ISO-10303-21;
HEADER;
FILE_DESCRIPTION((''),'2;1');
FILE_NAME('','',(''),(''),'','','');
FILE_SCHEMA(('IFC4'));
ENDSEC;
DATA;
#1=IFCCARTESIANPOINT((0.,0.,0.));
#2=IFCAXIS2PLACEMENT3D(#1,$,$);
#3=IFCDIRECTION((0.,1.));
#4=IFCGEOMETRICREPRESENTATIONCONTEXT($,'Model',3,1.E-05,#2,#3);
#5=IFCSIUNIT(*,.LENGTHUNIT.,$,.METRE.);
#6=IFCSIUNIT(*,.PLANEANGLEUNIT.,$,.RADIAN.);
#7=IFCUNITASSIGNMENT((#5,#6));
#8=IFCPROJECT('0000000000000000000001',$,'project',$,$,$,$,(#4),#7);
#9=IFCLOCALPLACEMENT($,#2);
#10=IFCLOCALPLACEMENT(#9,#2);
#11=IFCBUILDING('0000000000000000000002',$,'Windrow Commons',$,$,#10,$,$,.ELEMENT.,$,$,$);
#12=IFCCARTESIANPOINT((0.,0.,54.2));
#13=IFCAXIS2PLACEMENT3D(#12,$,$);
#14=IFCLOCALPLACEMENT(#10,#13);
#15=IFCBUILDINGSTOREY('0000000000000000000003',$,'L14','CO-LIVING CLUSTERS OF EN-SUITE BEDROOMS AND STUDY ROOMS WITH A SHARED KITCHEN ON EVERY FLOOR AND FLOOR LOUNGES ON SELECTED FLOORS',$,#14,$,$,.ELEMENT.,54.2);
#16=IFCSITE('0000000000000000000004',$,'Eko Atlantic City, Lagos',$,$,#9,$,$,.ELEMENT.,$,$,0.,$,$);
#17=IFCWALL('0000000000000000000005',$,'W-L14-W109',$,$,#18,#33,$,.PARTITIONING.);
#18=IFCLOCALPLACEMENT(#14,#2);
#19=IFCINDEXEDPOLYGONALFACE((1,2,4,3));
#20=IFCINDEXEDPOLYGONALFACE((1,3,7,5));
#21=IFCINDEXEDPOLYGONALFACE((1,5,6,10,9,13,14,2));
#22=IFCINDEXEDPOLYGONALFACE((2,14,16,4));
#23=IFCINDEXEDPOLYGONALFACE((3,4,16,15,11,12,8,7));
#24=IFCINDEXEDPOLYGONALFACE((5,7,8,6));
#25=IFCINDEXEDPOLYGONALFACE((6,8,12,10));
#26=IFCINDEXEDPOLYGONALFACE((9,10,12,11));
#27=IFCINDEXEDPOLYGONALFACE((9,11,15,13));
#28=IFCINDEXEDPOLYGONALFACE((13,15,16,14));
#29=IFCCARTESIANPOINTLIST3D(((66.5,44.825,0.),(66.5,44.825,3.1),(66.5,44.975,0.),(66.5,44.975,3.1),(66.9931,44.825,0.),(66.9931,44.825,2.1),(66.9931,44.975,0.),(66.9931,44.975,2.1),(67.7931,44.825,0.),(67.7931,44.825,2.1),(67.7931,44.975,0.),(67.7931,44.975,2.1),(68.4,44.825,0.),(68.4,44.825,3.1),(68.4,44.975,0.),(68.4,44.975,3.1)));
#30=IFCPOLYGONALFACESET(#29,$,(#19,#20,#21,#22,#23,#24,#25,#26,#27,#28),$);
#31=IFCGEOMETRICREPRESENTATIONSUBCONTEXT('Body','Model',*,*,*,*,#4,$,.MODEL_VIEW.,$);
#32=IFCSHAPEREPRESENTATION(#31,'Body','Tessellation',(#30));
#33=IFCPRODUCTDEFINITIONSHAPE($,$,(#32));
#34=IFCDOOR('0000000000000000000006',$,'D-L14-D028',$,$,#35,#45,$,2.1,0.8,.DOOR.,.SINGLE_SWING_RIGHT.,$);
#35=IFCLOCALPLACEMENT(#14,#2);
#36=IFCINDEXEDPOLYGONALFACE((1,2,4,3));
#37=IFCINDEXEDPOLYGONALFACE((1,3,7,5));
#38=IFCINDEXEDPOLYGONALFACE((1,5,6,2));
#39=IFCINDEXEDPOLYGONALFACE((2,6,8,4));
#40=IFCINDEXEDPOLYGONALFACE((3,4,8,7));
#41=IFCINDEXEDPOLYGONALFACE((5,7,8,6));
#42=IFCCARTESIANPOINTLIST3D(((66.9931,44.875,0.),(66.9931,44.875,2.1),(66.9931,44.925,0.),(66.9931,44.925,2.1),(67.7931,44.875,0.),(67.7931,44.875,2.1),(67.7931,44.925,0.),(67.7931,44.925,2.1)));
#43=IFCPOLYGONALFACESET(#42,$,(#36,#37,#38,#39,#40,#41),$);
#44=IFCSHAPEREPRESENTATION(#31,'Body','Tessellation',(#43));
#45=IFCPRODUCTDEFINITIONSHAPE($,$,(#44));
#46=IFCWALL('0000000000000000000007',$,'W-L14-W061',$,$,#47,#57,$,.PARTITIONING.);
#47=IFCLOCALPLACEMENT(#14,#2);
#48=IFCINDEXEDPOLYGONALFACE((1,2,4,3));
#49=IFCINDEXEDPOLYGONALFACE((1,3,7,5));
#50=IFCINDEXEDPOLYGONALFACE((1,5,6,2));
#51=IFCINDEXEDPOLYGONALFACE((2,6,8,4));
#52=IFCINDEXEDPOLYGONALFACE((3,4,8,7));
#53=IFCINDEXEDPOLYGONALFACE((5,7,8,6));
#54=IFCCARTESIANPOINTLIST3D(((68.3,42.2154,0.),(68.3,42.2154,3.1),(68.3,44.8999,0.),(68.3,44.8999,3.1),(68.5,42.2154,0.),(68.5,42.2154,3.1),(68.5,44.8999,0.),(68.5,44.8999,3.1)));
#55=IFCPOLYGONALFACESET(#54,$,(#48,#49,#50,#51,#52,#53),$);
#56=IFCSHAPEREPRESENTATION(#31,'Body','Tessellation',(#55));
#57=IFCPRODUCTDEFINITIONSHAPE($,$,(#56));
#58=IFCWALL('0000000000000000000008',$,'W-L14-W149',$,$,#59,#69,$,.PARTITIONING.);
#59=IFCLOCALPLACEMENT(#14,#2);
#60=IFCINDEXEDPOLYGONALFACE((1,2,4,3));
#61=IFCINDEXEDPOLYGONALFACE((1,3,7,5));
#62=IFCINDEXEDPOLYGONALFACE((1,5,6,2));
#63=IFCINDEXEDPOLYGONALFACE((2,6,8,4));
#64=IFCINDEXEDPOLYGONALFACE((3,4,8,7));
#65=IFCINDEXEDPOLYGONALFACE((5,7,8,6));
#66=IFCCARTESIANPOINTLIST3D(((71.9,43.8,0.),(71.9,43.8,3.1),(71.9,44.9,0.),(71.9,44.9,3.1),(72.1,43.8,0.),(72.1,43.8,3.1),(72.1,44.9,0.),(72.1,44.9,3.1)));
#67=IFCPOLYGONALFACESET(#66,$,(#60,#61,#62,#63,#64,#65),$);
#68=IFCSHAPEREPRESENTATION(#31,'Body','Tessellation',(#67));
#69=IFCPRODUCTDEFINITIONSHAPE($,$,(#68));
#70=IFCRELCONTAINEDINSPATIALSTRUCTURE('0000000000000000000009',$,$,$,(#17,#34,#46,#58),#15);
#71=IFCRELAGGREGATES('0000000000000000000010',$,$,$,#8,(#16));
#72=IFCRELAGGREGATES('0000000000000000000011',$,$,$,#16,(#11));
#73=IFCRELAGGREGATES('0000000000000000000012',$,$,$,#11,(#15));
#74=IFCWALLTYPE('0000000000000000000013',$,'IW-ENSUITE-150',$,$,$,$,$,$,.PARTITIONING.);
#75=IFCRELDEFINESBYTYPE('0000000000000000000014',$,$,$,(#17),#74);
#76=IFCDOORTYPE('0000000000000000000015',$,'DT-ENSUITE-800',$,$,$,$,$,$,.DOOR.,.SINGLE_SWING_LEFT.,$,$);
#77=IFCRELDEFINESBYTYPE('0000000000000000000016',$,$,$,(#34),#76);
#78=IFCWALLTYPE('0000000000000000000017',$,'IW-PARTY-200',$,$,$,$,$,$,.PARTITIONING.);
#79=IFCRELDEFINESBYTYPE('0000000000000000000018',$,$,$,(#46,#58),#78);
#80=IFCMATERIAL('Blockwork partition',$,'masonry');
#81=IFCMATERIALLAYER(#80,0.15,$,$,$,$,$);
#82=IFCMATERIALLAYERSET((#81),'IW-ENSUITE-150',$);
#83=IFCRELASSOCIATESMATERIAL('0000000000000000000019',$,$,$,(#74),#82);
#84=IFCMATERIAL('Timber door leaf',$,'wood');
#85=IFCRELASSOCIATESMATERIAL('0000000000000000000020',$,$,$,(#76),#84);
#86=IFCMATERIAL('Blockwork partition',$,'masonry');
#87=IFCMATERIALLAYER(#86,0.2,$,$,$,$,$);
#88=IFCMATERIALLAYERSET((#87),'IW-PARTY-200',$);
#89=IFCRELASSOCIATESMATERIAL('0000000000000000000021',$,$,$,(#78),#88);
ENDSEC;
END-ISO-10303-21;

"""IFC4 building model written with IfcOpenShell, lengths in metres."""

from ifc_helpers import new_model, si_unit, direction, frame, frame_2d, origin, place, context, subcontext, project, spatial, rectangle, extrude, material, layer, layer_set, type_object, element, fill, save


model = new_model("IFC4")

# Units and contexts
model_context = context("Model", 3, precision=1e-05, world=origin(), true_north=direction((0.0, 1.0)))
body_context = subcontext(model_context, "Body", "Model", "MODEL_VIEW")
ifc_project = project(units=[si_unit("LENGTHUNIT", "METRE"), si_unit("PLANEANGLEUNIT", "RADIAN")], contexts=[model_context])

# Site, building, storey
site_placement = place(None, origin())
site = spatial("IfcSite", under=ifc_project, at=site_placement, Name="Eko Atlantic City, Lagos", CompositionType="ELEMENT", RefElevation=0.0)
building_placement = place(site_placement, origin())
building = spatial("IfcBuilding", under=site, at=building_placement, Name="Windrow Commons", CompositionType="ELEMENT")
storey_placement = place(building_placement, frame((0.0, 0.0, 54.2)))
storey = spatial("IfcBuildingStorey", under=building, at=storey_placement, Name="L14", Description="CO-LIVING CLUSTERS OF EN-SUITE BEDROOMS AND STUDY ROOMS WITH A SHARED KITCHEN ON EVERY FLOOR AND FLOOR LOUNGES ON SELECTED FLOORS", CompositionType="ELEMENT", Elevation=54.2)

# Shared definitions
ifc_material_1 = material(Name="Blockwork partition", Category="masonry")
ifc_layer_1 = layer(ifc_material_1, 0.15)
ifc_layer_set_1 = layer_set([ifc_layer_1], Name="IW-ENSUITE-150")
wall_type_1 = type_object("IfcWallType", Name="IW-ENSUITE-150", PredefinedType="PARTITIONING", material=ifc_layer_set_1)

# Wall, opening, door
wall_1_placement = place(storey_placement, frame((66.5, 44.9, 0.0), z_axis=(0.0, 0.0, 1.0), x_axis=(1.0, 0.0, 0.0)))
wall_1 = element("IfcWall", 1, at=wall_1_placement, inside=storey, type_object=wall_type_1, Name="W-L14-W109", PredefinedType="PARTITIONING", context=body_context, shape_type="SweptSolid", body=[
    extrude(rectangle(XDim=1.9, YDim=0.15, at=frame_2d((0.95, 0.0))), origin(), (0.0, 0.0, 1.0), 3.1),
])
opening_1_placement = place(wall_1_placement, frame((0.4931, 0.0, 0.0)))
opening_1 = element("IfcOpeningElement", 2, at=opening_1_placement, cuts=wall_1, PredefinedType="OPENING", context=body_context, shape_type="SweptSolid", body=[
    extrude(rectangle(XDim=0.8, YDim=2.1, at=frame_2d((0.4, 1.05))), frame((0.0, 0.085, 0.0), z_axis=(0.0, -1.0, 0.0), x_axis=(1.0, 0.0, 0.0)), (0.0, 0.0, 1.0), 0.17),
])
ifc_material_2 = material(Name="Timber door leaf", Category="wood")
door_type = type_object("IfcDoorType", Name="DT-ENSUITE-800", OperationType="SINGLE_SWING_LEFT", PredefinedType="DOOR", material=ifc_material_2)
door_placement = place(opening_1_placement, origin())
door = element("IfcDoor", 3, at=door_placement, inside=storey, type_object=door_type, Name="D-L14-D028", OperationType="SINGLE_SWING_RIGHT", OverallHeight=2.1, OverallWidth=0.8, PredefinedType="DOOR", context=body_context, shape_type="SweptSolid", body=[
    extrude(rectangle(XDim=0.8, YDim=2.1, at=frame_2d((0.4, 1.05))), frame((0.0, 0.025, 0.0), z_axis=(0.0, -1.0, 0.0), x_axis=(1.0, 0.0, 0.0)), (0.0, 0.0, 1.0), 0.05),
])
fill(opening_1, door)

# Walls
ifc_material_3 = material(Name="Blockwork partition", Category="masonry")
ifc_layer_2 = layer(ifc_material_3, 0.2)
ifc_layer_set_2 = layer_set([ifc_layer_2], Name="IW-PARTY-200")
wall_type_2 = type_object("IfcWallType", Name="IW-PARTY-200", PredefinedType="PARTITIONING", material=ifc_layer_set_2)
wall_2_placement = place(storey_placement, frame((68.4, 42.2155, 0.0), z_axis=(0.0, 0.0, 1.0), x_axis=(0.0, 1.0, 0.0)))
element("IfcWall", 4, at=wall_2_placement, inside=storey, type_object=wall_type_2, Name="W-L14-W061", PredefinedType="PARTITIONING", context=body_context, shape_type="SweptSolid", body=[
    extrude(rectangle(XDim=2.6845, YDim=0.2, at=frame_2d((1.3422, 0.0))), origin(), (0.0, 0.0, 1.0), 3.1),
])
wall_3_placement = place(storey_placement, frame((72.0, 43.8, 0.0), z_axis=(0.0, 0.0, 1.0), x_axis=(0.0, 1.0, 0.0)))
element("IfcWall", 5, at=wall_3_placement, inside=storey, type_object=wall_type_2, Name="W-L14-W149", PredefinedType="PARTITIONING", context=body_context, shape_type="SweptSolid", body=[
    extrude(rectangle(XDim=1.1, YDim=0.2, at=frame_2d((0.55, 0.0))), origin(), (0.0, 0.0, 1.0), 3.1),
])

save(model, "model.ifc")
